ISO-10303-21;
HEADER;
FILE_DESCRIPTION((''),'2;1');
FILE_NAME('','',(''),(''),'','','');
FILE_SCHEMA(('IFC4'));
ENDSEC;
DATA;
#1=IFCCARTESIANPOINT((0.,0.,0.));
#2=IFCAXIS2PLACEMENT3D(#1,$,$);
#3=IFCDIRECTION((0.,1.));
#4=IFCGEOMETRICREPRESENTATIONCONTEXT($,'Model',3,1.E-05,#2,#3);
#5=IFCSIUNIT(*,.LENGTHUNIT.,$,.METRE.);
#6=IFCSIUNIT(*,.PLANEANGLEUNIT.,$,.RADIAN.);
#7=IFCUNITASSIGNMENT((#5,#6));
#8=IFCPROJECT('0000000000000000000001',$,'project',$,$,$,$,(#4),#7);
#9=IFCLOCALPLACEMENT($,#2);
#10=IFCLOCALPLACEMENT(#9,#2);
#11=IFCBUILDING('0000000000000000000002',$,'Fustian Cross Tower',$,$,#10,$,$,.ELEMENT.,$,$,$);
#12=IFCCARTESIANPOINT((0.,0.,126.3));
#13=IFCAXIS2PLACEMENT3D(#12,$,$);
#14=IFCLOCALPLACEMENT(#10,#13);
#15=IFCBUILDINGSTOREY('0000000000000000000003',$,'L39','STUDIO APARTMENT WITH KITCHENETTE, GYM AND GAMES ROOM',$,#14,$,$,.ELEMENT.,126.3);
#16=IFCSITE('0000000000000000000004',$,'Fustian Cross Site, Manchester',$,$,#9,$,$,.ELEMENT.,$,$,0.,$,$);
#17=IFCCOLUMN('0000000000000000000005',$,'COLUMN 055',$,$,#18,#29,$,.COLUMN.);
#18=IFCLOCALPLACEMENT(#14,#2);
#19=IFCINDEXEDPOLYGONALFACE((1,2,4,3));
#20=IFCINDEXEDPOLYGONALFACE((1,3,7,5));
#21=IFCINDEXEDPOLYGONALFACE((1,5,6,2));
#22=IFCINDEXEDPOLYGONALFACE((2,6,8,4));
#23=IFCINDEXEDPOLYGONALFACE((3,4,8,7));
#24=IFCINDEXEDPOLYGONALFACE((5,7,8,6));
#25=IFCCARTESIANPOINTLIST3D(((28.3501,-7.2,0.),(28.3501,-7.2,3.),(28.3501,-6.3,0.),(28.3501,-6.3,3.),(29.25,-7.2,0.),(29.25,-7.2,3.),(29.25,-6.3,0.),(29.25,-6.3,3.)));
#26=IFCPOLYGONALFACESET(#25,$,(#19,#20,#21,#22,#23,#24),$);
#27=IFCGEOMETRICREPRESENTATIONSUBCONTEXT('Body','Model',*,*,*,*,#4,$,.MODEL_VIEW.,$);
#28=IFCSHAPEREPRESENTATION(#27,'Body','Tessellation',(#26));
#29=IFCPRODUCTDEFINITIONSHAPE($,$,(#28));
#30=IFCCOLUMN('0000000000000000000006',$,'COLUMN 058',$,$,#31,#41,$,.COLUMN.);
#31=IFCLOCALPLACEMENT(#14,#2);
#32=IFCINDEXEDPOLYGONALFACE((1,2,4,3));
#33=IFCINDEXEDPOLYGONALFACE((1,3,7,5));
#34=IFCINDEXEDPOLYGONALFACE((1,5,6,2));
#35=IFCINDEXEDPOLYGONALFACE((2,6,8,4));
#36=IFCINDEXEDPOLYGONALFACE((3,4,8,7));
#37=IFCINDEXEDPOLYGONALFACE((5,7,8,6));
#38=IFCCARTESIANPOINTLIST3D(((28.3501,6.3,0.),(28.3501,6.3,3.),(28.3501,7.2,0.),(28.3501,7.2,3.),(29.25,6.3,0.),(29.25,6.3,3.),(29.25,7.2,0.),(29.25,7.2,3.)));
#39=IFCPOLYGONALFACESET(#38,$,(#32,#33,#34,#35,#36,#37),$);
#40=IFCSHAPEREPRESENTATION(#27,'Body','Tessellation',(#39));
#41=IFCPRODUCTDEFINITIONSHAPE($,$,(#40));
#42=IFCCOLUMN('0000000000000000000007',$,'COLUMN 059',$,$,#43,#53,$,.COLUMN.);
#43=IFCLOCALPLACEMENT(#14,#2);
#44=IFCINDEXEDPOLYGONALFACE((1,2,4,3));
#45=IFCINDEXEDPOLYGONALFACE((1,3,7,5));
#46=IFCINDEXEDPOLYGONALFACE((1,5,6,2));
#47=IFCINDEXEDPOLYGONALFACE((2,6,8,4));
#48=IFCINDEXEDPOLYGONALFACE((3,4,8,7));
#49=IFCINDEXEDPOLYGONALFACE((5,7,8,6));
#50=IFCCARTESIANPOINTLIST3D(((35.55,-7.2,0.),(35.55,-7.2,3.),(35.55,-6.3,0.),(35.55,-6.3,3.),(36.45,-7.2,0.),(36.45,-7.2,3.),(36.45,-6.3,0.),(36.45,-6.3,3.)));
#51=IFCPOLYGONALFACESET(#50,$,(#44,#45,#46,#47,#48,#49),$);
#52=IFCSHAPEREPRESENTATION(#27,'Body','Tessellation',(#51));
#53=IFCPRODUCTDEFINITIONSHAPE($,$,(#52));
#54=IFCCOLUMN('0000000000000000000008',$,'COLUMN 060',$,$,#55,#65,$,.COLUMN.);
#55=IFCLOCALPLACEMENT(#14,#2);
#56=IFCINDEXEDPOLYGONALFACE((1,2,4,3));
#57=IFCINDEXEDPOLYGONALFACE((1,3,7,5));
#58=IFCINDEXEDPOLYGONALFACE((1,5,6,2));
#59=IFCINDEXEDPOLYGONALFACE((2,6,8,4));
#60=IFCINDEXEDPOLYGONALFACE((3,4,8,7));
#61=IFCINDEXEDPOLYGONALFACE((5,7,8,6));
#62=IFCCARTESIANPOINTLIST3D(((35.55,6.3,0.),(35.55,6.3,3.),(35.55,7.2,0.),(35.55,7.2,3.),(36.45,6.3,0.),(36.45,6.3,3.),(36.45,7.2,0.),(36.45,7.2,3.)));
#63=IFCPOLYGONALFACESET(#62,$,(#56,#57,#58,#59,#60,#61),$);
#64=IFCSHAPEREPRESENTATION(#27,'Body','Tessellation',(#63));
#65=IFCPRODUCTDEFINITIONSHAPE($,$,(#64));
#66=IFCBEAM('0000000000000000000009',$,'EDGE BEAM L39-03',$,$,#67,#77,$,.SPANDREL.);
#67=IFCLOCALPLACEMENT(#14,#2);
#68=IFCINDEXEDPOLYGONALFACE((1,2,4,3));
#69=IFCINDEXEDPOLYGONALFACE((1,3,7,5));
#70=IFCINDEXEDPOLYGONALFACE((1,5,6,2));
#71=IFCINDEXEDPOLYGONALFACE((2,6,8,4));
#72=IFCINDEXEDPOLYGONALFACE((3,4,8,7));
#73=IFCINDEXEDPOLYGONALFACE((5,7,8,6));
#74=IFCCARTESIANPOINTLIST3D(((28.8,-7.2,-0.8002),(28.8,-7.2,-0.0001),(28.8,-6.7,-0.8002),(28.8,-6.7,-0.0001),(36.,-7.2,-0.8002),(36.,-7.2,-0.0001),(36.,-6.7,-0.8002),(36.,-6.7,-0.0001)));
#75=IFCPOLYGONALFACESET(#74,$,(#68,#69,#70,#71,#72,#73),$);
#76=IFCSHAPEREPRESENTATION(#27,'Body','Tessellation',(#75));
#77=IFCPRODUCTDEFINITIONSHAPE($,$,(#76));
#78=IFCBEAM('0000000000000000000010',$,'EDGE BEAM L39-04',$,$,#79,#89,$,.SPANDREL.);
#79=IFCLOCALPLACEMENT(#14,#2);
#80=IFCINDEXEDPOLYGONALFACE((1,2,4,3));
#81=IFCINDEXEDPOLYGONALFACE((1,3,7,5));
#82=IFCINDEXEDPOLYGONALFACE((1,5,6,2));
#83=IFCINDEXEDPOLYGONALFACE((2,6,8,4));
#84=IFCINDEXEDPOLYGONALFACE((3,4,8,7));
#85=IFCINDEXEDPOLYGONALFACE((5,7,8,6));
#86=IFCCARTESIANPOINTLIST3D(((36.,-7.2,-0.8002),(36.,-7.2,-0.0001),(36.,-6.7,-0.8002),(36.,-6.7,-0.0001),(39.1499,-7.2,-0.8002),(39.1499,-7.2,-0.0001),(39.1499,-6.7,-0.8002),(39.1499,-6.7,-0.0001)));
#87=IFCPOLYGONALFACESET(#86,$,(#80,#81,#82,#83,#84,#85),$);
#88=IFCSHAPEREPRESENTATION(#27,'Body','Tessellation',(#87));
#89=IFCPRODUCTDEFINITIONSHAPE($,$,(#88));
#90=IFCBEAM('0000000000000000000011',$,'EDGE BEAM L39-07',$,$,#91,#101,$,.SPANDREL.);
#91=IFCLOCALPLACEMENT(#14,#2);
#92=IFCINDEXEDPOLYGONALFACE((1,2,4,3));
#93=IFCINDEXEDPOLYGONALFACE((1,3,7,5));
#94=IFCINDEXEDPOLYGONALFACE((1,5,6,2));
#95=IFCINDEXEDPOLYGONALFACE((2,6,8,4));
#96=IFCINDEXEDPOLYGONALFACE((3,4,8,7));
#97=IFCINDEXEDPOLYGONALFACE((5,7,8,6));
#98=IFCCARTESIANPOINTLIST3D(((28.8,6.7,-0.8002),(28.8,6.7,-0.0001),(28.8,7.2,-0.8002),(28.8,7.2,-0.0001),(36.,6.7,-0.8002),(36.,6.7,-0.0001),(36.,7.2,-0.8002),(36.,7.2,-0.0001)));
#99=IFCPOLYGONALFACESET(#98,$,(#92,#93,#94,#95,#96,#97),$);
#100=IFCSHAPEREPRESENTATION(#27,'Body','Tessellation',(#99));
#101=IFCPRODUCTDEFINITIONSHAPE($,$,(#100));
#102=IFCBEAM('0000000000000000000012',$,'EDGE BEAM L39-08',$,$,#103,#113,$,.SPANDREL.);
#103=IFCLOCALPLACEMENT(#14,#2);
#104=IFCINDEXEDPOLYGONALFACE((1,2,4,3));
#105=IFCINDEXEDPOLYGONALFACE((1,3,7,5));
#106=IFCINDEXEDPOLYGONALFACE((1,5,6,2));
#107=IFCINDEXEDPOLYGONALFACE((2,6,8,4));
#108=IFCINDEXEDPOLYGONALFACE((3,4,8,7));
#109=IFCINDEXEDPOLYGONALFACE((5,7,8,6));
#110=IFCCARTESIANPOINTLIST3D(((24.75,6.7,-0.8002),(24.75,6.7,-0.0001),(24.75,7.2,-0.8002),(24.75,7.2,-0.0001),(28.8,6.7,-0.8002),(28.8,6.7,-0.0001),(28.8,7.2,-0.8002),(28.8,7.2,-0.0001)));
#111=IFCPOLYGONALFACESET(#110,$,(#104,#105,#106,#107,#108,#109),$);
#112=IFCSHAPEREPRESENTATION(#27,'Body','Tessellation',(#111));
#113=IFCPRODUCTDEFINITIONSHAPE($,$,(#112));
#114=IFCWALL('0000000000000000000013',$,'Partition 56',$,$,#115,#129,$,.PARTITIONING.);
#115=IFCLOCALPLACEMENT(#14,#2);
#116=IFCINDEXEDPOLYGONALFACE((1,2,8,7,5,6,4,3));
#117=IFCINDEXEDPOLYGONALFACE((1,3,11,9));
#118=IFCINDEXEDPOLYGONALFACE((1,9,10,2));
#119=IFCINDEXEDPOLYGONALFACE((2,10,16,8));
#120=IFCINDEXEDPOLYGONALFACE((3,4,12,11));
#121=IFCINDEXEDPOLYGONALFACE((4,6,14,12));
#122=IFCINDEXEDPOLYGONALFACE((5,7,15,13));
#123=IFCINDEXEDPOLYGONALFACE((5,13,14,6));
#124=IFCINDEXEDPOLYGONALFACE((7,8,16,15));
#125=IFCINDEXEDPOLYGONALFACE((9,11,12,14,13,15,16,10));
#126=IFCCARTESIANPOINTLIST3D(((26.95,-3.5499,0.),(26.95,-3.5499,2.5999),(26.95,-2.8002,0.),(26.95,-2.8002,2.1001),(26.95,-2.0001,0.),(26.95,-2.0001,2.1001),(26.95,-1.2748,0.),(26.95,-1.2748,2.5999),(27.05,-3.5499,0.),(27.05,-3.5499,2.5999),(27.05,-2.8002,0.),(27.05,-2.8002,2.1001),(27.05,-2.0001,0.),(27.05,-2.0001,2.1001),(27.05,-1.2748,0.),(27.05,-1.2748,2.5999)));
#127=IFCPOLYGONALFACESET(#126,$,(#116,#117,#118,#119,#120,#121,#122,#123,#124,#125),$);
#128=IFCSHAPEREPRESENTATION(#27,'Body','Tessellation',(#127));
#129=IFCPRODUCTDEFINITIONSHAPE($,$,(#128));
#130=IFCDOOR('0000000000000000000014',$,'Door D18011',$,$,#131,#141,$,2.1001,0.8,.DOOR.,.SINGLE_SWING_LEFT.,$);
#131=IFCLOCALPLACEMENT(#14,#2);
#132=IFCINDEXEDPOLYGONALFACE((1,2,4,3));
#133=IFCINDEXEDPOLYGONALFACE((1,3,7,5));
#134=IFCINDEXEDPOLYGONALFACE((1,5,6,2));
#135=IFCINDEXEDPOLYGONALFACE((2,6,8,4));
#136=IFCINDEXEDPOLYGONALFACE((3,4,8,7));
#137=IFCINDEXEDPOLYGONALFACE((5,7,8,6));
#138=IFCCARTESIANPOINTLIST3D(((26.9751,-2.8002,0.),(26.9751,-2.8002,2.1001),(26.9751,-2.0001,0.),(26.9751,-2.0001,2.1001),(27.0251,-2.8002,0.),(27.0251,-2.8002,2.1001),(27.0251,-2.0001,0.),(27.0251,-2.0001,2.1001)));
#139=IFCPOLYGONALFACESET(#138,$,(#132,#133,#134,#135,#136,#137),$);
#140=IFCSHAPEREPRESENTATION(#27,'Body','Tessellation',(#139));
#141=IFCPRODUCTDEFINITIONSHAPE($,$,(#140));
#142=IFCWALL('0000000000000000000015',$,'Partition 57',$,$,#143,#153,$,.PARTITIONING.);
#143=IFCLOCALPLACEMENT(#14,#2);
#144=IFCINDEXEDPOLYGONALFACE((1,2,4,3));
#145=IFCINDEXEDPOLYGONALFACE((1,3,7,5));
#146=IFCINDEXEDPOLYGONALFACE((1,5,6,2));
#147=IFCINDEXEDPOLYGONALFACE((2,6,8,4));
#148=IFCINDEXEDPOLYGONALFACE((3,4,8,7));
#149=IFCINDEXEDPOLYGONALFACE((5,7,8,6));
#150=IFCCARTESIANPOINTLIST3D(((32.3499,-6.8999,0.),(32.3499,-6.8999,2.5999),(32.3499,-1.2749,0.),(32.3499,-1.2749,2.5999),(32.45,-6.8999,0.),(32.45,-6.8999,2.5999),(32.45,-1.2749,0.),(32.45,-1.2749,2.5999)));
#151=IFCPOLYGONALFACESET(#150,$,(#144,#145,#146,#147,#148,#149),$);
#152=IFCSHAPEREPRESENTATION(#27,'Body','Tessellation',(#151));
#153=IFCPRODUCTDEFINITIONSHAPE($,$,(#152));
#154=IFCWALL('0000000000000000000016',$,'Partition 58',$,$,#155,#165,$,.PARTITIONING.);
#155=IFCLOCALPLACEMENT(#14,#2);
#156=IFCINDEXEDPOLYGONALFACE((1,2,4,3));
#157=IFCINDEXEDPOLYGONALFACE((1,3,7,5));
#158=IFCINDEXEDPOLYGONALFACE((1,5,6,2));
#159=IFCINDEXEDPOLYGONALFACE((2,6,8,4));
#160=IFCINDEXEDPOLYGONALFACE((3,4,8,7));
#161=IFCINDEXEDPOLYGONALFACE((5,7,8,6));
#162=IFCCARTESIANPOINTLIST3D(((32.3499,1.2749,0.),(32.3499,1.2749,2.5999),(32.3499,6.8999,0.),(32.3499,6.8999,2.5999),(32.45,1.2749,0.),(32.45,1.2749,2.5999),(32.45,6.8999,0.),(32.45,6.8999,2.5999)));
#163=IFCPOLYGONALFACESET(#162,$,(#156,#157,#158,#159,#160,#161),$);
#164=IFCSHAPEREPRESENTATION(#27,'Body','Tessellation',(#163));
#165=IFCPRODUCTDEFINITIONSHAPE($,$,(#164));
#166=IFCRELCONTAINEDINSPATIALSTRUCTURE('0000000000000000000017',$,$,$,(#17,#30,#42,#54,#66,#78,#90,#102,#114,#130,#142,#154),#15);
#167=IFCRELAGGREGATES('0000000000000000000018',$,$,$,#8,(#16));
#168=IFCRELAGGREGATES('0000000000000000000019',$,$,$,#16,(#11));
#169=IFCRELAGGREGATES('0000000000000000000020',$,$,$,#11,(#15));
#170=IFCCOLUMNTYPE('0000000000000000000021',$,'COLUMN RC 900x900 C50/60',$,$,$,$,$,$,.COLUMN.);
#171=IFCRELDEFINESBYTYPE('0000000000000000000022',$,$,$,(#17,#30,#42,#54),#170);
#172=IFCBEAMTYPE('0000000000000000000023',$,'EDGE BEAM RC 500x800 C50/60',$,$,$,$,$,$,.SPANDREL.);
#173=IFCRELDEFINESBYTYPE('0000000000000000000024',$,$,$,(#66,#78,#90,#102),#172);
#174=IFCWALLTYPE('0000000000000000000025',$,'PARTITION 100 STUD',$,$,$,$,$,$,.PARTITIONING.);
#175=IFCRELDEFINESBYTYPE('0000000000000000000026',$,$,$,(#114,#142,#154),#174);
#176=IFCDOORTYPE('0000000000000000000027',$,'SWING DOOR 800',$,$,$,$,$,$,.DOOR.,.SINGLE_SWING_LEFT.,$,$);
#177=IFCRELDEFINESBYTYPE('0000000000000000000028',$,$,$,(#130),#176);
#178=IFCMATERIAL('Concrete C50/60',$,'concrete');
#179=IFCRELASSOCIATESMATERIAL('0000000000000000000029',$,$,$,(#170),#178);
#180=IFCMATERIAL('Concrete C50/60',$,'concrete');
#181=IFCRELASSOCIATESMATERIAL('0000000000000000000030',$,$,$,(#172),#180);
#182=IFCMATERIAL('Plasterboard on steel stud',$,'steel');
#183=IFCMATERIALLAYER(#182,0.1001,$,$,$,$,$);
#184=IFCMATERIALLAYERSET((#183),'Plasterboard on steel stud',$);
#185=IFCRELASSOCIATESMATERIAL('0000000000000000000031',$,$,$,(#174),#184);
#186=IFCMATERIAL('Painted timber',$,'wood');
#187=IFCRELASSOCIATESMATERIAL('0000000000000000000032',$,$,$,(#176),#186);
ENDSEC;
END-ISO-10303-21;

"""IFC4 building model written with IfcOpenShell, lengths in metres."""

from ifc_helpers import new_model, si_unit, direction, frame, frame_2d, origin, origin_2d, place, context, subcontext, project, spatial, rectangle, extrude, material, layer, layer_set, material_profile, profile_set, type_object, element, fill, save


model = new_model("IFC4")

# Units and contexts
model_context = context("Model", 3, precision=1e-05, world=origin(), true_north=direction((0.0, 1.0)))
body_context = subcontext(model_context, "Body", "Model", "MODEL_VIEW")
ifc_project = project(units=[si_unit("LENGTHUNIT", "METRE"), si_unit("PLANEANGLEUNIT", "RADIAN")], contexts=[model_context])

# Site, building, storey
site_placement = place(None, origin())
site = spatial("IfcSite", under=ifc_project, at=site_placement, Name="Fustian Cross Site, Manchester", CompositionType="ELEMENT", RefElevation=0.0)
building_placement = place(site_placement, origin())
building = spatial("IfcBuilding", under=site, at=building_placement, Name="Fustian Cross Tower", CompositionType="ELEMENT")
storey_placement = place(building_placement, frame((0.0, 0.0, 126.3)))
storey = spatial("IfcBuildingStorey", under=building, at=storey_placement, Name="L39", Description="STUDIO APARTMENT WITH KITCHENETTE, GYM AND GAMES ROOM", CompositionType="ELEMENT", Elevation=126.3)

# Columns
ifc_material_1 = material(Name="Concrete C50/60", Category="concrete")
ifc_material_profile_1 = material_profile(ifc_material_1, rectangle(XDim=0.8999, YDim=0.8999, at=origin_2d()), Name="RC 900x900")
ifc_profile_set_1 = profile_set([ifc_material_profile_1], Name="Concrete C50/60")
column_type = type_object("IfcColumnType", Name="COLUMN RC 900x900 C50/60", PredefinedType="COLUMN", material=ifc_profile_set_1)
for number, where, z_axis, x_axis, name in (
    (1, (28.8, -6.75, 0.0), (0.0, 0.0, 1.0), (1.0, 0.0, 0.0), "COLUMN 055"),
    (2, (28.8, 6.75, 0.0), (0.0, 0.0, 1.0), (1.0, 0.0, 0.0), "COLUMN 058"),
    (3, (36.0, -6.75, 0.0), (0.0, 0.0, 1.0), (1.0, 0.0, 0.0), "COLUMN 059"),
    (4, (36.0, 6.75, 0.0), (0.0, 0.0, 1.0), (1.0, 0.0, 0.0), "COLUMN 060"),
):
    element("IfcColumn", number, at=place(storey_placement, frame(where, z_axis=z_axis, x_axis=x_axis)), inside=storey, type_object=column_type, Name=name, PredefinedType="COLUMN", context=body_context, shape_type="SweptSolid", body=[
        extrude(rectangle(XDim=0.8999, YDim=0.8999, at=origin_2d()), origin(), (0.0, 0.0, 1.0), 3.0),
    ])

# Beams
ifc_material_2 = material(Name="Concrete C50/60", Category="concrete")
ifc_material_profile_2 = material_profile(ifc_material_2, rectangle(XDim=0.5, YDim=0.8, at=origin_2d()), Name="RC 500x800")
ifc_profile_set_2 = profile_set([ifc_material_profile_2], Name="Concrete C50/60")
beam_type = type_object("IfcBeamType", Name="EDGE BEAM RC 500x800 C50/60", PredefinedType="SPANDREL", material=ifc_profile_set_2)
beam_1_placement = place(storey_placement, frame((28.8, -6.95, -0.4001), z_axis=(1.0, 0.0, 0.0), x_axis=(0.0, 1.0, 0.0)))
element("IfcBeam", 5, at=beam_1_placement, inside=storey, type_object=beam_type, Name="EDGE BEAM L39-03", PredefinedType="SPANDREL", context=body_context, shape_type="SweptSolid", body=[
    extrude(rectangle(XDim=0.5, YDim=0.8, at=origin_2d()), origin(), (0.0, 0.0, 1.0), 7.2),
])
beam_2_placement = place(storey_placement, frame((36.0, -6.95, -0.4001), z_axis=(1.0, 0.0, 0.0), x_axis=(0.0, 1.0, 0.0)))
element("IfcBeam", 6, at=beam_2_placement, inside=storey, type_object=beam_type, Name="EDGE BEAM L39-04", PredefinedType="SPANDREL", context=body_context, shape_type="SweptSolid", body=[
    extrude(rectangle(XDim=0.5, YDim=0.8, at=origin_2d()), origin(), (0.0, 0.0, 1.0), 3.1499),
])
beam_3_placement = place(storey_placement, frame((36.0, 6.95, -0.4001), z_axis=(-1.0, 0.0, 0.0), x_axis=(0.0, -1.0, 0.0)))
element("IfcBeam", 7, at=beam_3_placement, inside=storey, type_object=beam_type, Name="EDGE BEAM L39-07", PredefinedType="SPANDREL", context=body_context, shape_type="SweptSolid", body=[
    extrude(rectangle(XDim=0.5, YDim=0.8, at=origin_2d()), origin(), (0.0, 0.0, 1.0), 7.2),
])
beam_4_placement = place(storey_placement, frame((28.8, 6.95, -0.4001), z_axis=(-1.0, 0.0, 0.0), x_axis=(0.0, -1.0, 0.0)))
element("IfcBeam", 8, at=beam_4_placement, inside=storey, type_object=beam_type, Name="EDGE BEAM L39-08", PredefinedType="SPANDREL", context=body_context, shape_type="SweptSolid", body=[
    extrude(rectangle(XDim=0.5, YDim=0.8, at=origin_2d()), origin(), (0.0, 0.0, 1.0), 4.05),
])

# Wall, opening, door
ifc_material_3 = material(Name="Plasterboard on steel stud", Category="steel")
ifc_layer_1 = layer(ifc_material_3, 0.1001)
ifc_layer_set_1 = layer_set([ifc_layer_1], Name="Plasterboard on steel stud")
wall_type_1 = type_object("IfcWallType", Name="PARTITION 100 STUD", PredefinedType="PARTITIONING", material=ifc_layer_set_1)
wall_1_placement = place(storey_placement, frame((27.0, -3.55, 0.0), z_axis=(0.0, 0.0, 1.0), x_axis=(0.0, 1.0, 0.0)))
wall_1 = element("IfcWall", 9, at=wall_1_placement, inside=storey, type_object=wall_type_1, Name="Partition 56", PredefinedType="PARTITIONING", context=body_context, shape_type="SweptSolid", body=[
    extrude(rectangle(XDim=2.2751, YDim=0.1001, at=frame_2d((1.1377, 0.0))), origin(), (0.0, 0.0, 1.0), 2.5999),
])
opening_1_placement = place(wall_1_placement, frame((0.75, 0.0, 0.0)))
opening_1 = element("IfcOpeningElement", 10, at=opening_1_placement, cuts=wall_1, PredefinedType="OPENING", context=body_context, shape_type="SweptSolid", body=[
    extrude(rectangle(XDim=0.8, YDim=2.1001, at=frame_2d((0.3999, 1.05))), frame((0.0, 0.0601, 0.0), z_axis=(0.0, -1.0, 0.0), x_axis=(1.0, 0.0, 0.0)), (0.0, 0.0, 1.0), 0.1201),
])
ifc_material_4 = material(Name="Painted timber", Category="wood")
door_type_1 = type_object("IfcDoorType", Name="SWING DOOR 800", OperationType="SINGLE_SWING_LEFT", PredefinedType="DOOR", material=ifc_material_4)
door_1_placement = place(opening_1_placement, origin())
door_1 = element("IfcDoor", 11, at=door_1_placement, inside=storey, type_object=door_type_1, Name="Door D18011", OperationType="SINGLE_SWING_LEFT", OverallHeight=2.1001, OverallWidth=0.8, PredefinedType="DOOR", context=body_context, shape_type="SweptSolid", body=[
    extrude(rectangle(XDim=0.8, YDim=2.1001, at=frame_2d((0.3999, 1.05))), frame((0.0, 0.0249, 0.0), z_axis=(0.0, -1.0, 0.0), x_axis=(1.0, 0.0, 0.0)), (0.0, 0.0, 1.0), 0.05),
])
fill(opening_1, door_1)

# Walls
for number, where, z_axis, x_axis, name in (
    (12, (32.3999, -6.8999, 0.0), (0.0, 0.0, 1.0), (0.0, 1.0, 0.0), "Partition 57"),
    (13, (32.3999, 1.2749, 0.0), (0.0, 0.0, 1.0), (0.0, 1.0, 0.0), "Partition 58"),
):
    element("IfcWall", number, at=place(storey_placement, frame(where, z_axis=z_axis, x_axis=x_axis)), inside=storey, type_object=wall_type_1, Name=name, PredefinedType="PARTITIONING", context=body_context, shape_type="SweptSolid", body=[
        extrude(rectangle(XDim=5.625, YDim=0.1001, at=frame_2d((2.8125, 0.0))), origin(), (0.0, 0.0, 1.0), 2.5999),
    ])

save(model, "model.ifc")
